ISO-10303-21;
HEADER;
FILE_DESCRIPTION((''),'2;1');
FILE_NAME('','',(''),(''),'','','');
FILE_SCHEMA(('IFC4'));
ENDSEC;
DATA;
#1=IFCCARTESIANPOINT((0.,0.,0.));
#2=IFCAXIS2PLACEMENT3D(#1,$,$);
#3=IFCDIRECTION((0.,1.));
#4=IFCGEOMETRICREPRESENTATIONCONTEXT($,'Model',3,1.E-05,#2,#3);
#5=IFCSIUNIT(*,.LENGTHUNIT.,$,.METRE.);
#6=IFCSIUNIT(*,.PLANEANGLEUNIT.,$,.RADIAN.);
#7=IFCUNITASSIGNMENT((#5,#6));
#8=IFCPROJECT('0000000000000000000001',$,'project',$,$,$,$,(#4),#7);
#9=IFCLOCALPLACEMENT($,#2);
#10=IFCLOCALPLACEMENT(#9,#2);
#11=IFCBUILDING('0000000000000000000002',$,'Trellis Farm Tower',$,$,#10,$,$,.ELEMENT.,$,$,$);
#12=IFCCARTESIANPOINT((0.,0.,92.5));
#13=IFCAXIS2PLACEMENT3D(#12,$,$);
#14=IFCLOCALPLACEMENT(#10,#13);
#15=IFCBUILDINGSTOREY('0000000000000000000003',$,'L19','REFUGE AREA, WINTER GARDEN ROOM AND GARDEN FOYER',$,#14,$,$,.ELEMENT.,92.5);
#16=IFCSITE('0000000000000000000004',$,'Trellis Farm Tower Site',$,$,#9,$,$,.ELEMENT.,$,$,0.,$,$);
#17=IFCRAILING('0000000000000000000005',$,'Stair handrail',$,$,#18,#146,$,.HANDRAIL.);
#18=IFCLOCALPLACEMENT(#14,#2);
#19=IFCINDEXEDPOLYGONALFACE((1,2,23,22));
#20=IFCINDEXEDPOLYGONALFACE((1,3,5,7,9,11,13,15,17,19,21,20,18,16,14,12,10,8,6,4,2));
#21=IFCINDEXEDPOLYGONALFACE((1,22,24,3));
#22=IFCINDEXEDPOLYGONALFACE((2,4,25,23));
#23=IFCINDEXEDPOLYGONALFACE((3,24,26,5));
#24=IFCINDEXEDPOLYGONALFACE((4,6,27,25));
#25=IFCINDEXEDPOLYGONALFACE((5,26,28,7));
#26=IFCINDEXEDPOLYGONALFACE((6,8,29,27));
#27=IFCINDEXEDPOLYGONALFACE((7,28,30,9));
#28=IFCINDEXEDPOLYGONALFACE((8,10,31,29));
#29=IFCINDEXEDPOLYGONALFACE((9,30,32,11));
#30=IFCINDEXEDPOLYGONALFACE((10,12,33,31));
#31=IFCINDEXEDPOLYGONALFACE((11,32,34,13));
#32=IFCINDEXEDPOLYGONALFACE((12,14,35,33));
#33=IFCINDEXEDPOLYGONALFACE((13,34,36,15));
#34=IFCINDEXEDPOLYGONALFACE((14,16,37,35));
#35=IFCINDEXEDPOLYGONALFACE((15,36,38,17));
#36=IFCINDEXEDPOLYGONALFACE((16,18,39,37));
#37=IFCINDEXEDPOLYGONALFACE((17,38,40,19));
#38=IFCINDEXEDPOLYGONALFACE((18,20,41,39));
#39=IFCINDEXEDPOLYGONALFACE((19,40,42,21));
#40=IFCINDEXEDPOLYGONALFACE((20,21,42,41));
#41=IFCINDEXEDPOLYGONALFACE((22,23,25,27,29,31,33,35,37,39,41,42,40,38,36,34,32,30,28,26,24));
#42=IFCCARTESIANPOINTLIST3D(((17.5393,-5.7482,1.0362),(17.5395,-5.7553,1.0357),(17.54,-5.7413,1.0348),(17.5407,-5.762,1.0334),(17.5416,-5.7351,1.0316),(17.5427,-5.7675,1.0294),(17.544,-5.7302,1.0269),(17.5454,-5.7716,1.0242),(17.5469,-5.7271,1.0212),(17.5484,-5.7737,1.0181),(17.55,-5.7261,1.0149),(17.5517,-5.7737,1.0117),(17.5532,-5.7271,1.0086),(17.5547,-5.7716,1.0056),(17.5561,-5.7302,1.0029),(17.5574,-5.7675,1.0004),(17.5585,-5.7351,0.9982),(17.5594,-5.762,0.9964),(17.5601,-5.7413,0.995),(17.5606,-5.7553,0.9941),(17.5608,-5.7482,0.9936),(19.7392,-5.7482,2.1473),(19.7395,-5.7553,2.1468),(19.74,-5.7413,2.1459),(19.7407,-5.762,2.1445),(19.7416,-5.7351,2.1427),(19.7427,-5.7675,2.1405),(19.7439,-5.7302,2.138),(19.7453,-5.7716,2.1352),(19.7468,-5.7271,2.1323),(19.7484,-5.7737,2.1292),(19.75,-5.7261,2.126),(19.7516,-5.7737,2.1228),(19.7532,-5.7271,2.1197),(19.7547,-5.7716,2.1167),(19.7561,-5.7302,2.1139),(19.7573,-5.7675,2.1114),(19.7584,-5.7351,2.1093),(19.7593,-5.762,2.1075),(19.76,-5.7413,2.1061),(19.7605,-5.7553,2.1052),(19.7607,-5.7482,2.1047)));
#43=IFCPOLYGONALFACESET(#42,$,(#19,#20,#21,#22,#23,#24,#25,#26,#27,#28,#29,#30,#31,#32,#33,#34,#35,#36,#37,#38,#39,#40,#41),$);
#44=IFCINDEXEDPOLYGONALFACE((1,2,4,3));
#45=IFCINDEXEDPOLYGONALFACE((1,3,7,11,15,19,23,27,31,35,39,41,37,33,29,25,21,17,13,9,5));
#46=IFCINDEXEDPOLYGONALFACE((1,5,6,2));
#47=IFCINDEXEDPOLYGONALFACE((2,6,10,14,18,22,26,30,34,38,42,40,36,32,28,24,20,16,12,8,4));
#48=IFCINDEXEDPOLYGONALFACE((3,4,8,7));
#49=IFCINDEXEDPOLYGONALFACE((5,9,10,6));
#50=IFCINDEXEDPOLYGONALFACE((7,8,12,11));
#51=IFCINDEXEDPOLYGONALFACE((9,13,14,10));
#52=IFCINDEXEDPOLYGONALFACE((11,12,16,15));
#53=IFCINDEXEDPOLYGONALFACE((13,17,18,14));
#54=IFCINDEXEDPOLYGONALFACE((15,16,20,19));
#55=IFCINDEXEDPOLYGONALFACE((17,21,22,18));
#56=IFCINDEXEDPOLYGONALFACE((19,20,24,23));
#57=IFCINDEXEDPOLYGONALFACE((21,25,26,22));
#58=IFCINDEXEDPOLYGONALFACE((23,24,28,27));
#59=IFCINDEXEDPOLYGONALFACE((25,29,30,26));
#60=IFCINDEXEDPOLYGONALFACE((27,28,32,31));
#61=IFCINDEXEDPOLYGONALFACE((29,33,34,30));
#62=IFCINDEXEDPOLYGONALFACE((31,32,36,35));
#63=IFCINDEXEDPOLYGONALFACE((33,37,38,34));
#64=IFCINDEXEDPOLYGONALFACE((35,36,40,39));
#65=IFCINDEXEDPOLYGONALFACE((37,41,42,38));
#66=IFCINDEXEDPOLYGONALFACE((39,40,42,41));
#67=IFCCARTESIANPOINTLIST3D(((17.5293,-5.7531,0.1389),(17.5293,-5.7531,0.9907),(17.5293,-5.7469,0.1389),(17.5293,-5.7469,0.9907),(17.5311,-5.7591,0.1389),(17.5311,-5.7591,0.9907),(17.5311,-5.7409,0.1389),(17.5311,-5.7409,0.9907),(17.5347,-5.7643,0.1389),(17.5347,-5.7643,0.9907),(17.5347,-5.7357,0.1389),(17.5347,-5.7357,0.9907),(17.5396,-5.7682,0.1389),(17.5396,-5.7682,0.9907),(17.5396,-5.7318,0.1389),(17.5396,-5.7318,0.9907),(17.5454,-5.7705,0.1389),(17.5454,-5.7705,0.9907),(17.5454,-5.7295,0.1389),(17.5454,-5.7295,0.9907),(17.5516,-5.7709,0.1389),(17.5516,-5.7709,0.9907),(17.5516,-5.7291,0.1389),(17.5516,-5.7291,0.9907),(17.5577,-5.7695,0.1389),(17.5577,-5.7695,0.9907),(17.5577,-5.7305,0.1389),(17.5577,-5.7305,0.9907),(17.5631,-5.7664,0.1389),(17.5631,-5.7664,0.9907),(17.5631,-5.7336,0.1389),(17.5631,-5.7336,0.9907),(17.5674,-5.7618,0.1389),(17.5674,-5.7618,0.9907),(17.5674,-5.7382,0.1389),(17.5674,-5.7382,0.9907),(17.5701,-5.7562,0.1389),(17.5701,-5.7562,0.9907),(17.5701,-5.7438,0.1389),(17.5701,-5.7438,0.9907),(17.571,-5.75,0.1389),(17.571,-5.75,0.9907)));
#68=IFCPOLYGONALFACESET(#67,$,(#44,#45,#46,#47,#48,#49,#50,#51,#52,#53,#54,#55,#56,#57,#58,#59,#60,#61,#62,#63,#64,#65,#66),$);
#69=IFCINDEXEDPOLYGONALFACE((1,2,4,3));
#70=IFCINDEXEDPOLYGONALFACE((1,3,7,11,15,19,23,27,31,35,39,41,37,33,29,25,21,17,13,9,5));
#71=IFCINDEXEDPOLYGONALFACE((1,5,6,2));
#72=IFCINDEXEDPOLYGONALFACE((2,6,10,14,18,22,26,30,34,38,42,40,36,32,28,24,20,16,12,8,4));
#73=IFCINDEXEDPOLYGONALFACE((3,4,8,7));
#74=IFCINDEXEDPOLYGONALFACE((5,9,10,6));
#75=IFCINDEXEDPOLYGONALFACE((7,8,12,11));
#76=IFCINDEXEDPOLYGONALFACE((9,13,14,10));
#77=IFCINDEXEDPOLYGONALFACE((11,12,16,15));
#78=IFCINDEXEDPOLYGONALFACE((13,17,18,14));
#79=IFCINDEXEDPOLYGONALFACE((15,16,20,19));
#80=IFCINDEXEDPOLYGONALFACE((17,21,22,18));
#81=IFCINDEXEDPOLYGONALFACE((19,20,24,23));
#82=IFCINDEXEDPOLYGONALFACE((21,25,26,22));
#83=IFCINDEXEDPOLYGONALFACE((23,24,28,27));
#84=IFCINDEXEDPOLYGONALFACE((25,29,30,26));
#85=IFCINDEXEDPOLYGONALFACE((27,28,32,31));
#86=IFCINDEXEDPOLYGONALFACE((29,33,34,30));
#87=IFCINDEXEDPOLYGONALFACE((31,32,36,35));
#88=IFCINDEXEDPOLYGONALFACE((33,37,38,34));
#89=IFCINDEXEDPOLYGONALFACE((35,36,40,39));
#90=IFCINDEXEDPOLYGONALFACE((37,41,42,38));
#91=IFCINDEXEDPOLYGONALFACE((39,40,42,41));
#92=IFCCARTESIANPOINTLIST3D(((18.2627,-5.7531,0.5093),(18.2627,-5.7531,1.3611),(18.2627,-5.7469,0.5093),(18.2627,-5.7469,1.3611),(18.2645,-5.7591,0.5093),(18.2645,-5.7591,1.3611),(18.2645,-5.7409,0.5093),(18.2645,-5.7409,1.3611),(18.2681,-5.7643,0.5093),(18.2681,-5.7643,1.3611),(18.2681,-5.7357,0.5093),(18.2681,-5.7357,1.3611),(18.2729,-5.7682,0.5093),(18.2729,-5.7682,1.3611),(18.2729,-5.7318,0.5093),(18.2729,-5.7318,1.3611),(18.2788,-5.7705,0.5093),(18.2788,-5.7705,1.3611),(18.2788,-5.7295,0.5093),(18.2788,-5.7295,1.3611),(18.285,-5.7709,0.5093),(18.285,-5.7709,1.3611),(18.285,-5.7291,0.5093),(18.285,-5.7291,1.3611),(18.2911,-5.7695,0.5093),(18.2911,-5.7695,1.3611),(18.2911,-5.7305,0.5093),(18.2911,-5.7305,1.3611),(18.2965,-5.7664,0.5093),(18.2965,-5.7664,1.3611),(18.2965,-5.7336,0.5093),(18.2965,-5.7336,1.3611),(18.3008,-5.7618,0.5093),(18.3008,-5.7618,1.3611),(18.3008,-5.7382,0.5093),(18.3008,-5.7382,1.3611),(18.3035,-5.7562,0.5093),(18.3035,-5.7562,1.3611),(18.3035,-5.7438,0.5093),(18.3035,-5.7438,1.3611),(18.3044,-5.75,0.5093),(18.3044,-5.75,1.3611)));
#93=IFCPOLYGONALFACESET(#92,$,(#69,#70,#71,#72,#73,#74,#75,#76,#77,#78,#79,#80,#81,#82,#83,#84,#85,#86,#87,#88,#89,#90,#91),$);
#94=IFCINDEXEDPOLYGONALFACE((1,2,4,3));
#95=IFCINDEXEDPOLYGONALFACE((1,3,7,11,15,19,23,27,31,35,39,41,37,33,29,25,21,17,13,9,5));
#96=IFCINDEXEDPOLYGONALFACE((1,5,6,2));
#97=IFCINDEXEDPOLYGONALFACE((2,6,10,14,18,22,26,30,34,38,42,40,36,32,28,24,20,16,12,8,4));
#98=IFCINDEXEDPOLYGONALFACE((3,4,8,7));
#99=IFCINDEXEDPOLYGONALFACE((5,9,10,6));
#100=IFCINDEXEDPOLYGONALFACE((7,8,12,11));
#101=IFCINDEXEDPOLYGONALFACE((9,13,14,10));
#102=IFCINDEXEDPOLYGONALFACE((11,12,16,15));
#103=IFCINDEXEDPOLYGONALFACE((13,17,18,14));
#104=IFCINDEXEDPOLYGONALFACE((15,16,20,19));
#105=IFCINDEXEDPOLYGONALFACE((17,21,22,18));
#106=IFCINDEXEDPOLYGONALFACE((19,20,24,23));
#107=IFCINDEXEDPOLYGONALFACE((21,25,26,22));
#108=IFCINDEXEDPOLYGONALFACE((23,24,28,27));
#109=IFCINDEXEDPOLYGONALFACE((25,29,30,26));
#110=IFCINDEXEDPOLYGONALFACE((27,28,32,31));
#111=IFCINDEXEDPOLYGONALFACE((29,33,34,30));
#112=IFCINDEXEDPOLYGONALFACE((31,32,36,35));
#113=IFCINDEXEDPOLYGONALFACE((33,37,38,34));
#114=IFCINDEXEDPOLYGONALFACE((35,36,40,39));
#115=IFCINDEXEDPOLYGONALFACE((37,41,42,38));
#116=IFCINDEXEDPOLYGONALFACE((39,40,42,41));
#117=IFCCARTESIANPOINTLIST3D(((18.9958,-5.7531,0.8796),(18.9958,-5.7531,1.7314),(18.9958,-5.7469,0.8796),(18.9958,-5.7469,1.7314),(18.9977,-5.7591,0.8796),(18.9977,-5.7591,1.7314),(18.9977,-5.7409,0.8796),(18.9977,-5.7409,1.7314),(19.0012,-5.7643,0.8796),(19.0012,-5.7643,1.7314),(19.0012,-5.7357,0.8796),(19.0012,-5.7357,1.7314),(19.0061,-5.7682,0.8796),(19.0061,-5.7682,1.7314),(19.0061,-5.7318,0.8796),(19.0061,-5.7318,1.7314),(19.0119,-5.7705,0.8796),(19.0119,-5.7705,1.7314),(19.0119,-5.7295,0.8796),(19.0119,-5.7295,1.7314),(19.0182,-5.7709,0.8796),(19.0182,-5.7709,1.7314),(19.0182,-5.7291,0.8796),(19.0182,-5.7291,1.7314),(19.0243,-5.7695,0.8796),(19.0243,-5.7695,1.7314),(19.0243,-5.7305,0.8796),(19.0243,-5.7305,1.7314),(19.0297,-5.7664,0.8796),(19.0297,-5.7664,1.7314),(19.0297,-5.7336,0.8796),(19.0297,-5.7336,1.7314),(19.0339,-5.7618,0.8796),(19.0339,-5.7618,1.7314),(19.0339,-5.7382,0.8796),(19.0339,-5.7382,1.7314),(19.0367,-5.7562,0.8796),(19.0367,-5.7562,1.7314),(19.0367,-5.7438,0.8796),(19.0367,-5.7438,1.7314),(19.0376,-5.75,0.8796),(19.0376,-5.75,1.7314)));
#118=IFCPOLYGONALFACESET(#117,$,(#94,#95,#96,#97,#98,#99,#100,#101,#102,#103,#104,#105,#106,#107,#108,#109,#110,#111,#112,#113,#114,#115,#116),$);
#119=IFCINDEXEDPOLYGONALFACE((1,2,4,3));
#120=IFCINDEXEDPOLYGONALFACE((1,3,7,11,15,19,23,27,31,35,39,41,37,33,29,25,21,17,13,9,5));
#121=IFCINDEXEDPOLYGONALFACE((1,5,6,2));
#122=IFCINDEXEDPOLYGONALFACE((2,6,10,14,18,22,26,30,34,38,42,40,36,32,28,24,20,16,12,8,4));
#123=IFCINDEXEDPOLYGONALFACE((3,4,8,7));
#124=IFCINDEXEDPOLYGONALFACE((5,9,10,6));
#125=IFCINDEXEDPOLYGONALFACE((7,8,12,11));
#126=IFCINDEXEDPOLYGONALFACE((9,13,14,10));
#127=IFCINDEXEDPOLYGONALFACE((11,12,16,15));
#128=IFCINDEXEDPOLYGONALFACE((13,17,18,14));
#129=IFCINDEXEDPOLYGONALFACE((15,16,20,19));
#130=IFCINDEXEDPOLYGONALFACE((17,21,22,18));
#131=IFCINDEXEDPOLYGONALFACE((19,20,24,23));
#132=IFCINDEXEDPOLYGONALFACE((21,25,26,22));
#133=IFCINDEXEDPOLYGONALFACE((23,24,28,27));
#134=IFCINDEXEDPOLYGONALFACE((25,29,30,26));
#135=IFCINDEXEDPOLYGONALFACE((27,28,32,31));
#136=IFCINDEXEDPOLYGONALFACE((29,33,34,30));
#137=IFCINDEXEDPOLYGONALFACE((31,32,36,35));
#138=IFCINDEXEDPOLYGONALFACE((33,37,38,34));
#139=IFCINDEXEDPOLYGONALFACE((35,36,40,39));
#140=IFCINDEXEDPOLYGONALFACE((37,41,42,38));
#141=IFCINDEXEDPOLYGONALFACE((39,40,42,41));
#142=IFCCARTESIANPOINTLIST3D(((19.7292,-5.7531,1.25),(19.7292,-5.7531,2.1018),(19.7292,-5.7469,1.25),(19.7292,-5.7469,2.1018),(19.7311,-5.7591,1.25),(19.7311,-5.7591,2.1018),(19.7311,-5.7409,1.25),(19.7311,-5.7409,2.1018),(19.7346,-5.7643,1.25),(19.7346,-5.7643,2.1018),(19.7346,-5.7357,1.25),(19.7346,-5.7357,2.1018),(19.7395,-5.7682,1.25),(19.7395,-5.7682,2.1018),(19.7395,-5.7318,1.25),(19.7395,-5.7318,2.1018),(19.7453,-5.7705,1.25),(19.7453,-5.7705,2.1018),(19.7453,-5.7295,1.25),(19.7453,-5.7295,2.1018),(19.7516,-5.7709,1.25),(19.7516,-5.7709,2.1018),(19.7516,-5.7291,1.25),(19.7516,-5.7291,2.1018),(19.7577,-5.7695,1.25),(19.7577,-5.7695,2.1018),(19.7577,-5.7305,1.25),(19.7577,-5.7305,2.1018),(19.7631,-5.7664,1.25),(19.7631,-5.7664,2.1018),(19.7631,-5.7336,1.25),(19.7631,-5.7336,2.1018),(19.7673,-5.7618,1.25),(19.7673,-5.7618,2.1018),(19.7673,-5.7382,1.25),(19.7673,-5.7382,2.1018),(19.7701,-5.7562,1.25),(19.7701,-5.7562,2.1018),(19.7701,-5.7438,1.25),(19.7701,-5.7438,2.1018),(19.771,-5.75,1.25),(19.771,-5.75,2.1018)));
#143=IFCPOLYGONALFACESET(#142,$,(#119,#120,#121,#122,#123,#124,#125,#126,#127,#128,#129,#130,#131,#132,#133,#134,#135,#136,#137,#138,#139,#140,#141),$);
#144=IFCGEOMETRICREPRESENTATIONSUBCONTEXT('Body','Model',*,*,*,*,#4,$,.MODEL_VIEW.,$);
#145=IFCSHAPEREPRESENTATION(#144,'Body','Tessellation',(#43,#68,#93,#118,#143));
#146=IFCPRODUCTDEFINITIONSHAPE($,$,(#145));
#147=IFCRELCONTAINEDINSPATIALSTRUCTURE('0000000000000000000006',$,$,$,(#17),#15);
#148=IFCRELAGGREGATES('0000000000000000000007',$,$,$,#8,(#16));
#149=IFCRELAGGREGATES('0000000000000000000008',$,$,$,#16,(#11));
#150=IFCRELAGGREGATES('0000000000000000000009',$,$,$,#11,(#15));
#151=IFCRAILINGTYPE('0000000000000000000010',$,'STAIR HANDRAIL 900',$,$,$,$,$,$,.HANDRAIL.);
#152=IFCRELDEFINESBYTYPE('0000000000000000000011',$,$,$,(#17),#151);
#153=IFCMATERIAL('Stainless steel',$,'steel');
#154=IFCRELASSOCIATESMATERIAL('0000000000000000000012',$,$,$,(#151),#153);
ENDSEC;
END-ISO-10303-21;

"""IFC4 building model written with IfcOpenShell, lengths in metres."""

from ifc_helpers import new_model, si_unit, direction, frame, origin, origin_2d, place, context, subcontext, project, spatial, circle, extrude, source, transform, mapped, material, type_object, element, save


model = new_model("IFC4")

# Units and contexts
model_context = context("Model", 3, precision=1e-05, world=origin(), true_north=direction((0.0, 1.0)))
body_context = subcontext(model_context, "Body", "Model", "MODEL_VIEW")
ifc_project = project(units=[si_unit("LENGTHUNIT", "METRE"), si_unit("PLANEANGLEUNIT", "RADIAN")], contexts=[model_context])

# Site, building, storey
site_placement = place(None, origin())
site = spatial("IfcSite", under=ifc_project, at=site_placement, Name="Trellis Farm Tower Site", CompositionType="ELEMENT", RefElevation=0.0)
building_placement = place(site_placement, origin())
building = spatial("IfcBuilding", under=site, at=building_placement, Name="Trellis Farm Tower", CompositionType="ELEMENT")
storey_placement = place(building_placement, frame((0.0, 0.0, 92.5)))
storey = spatial("IfcBuildingStorey", under=building, at=storey_placement, Name="L19", Description="REFUGE AREA, WINTER GARDEN ROOM AND GARDEN FOYER", CompositionType="ELEMENT", Elevation=92.5)

# Railing
ifc_material_1 = material(Name="Stainless steel", Category="steel")
railing_type = type_object("IfcRailingType", Name="STAIR HANDRAIL 900", PredefinedType="HANDRAIL", material=ifc_material_1)
shared_shape_1 = source(origin(), body_context, "Body", "SweptSolid", [
    extrude(circle(Radius=0.0239, at=origin_2d()), frame((0.0, 0.0, 0.876), z_axis=(0.892617, 0.0, 0.450816), x_axis=(0.0, 1.0, 0.0)), (0.0, 0.0, 1.0), 2.4646),
    extrude(circle(Radius=0.021, at=origin_2d()), origin(), (0.0, 0.0, 1.0), 0.8518),
    extrude(circle(Radius=0.021, at=origin_2d()), frame((0.7334, 0.0, 0.3704)), (0.0, 0.0, 1.0), 0.8518),
    extrude(circle(Radius=0.021, at=origin_2d()), frame((1.4666, 0.0, 0.7407)), (0.0, 0.0, 1.0), 0.8518),
    extrude(circle(Radius=0.021, at=origin_2d()), frame((2.2, 0.0, 1.1111)), (0.0, 0.0, 1.0), 0.8518),
])
for number, where, name in (
    (1, (17.55, -5.75, 0.1389), "Stair handrail"),
):
    element("IfcRailing", number, at=place(storey_placement, frame(where)), inside=storey, type_object=railing_type, Name=name, PredefinedType="HANDRAIL", context=body_context, shape_type="MappedRepresentation", body=[
        mapped(shared_shape_1, transform((0.0, 0.0, 0.0))),
    ])

save(model, "model.ifc")
